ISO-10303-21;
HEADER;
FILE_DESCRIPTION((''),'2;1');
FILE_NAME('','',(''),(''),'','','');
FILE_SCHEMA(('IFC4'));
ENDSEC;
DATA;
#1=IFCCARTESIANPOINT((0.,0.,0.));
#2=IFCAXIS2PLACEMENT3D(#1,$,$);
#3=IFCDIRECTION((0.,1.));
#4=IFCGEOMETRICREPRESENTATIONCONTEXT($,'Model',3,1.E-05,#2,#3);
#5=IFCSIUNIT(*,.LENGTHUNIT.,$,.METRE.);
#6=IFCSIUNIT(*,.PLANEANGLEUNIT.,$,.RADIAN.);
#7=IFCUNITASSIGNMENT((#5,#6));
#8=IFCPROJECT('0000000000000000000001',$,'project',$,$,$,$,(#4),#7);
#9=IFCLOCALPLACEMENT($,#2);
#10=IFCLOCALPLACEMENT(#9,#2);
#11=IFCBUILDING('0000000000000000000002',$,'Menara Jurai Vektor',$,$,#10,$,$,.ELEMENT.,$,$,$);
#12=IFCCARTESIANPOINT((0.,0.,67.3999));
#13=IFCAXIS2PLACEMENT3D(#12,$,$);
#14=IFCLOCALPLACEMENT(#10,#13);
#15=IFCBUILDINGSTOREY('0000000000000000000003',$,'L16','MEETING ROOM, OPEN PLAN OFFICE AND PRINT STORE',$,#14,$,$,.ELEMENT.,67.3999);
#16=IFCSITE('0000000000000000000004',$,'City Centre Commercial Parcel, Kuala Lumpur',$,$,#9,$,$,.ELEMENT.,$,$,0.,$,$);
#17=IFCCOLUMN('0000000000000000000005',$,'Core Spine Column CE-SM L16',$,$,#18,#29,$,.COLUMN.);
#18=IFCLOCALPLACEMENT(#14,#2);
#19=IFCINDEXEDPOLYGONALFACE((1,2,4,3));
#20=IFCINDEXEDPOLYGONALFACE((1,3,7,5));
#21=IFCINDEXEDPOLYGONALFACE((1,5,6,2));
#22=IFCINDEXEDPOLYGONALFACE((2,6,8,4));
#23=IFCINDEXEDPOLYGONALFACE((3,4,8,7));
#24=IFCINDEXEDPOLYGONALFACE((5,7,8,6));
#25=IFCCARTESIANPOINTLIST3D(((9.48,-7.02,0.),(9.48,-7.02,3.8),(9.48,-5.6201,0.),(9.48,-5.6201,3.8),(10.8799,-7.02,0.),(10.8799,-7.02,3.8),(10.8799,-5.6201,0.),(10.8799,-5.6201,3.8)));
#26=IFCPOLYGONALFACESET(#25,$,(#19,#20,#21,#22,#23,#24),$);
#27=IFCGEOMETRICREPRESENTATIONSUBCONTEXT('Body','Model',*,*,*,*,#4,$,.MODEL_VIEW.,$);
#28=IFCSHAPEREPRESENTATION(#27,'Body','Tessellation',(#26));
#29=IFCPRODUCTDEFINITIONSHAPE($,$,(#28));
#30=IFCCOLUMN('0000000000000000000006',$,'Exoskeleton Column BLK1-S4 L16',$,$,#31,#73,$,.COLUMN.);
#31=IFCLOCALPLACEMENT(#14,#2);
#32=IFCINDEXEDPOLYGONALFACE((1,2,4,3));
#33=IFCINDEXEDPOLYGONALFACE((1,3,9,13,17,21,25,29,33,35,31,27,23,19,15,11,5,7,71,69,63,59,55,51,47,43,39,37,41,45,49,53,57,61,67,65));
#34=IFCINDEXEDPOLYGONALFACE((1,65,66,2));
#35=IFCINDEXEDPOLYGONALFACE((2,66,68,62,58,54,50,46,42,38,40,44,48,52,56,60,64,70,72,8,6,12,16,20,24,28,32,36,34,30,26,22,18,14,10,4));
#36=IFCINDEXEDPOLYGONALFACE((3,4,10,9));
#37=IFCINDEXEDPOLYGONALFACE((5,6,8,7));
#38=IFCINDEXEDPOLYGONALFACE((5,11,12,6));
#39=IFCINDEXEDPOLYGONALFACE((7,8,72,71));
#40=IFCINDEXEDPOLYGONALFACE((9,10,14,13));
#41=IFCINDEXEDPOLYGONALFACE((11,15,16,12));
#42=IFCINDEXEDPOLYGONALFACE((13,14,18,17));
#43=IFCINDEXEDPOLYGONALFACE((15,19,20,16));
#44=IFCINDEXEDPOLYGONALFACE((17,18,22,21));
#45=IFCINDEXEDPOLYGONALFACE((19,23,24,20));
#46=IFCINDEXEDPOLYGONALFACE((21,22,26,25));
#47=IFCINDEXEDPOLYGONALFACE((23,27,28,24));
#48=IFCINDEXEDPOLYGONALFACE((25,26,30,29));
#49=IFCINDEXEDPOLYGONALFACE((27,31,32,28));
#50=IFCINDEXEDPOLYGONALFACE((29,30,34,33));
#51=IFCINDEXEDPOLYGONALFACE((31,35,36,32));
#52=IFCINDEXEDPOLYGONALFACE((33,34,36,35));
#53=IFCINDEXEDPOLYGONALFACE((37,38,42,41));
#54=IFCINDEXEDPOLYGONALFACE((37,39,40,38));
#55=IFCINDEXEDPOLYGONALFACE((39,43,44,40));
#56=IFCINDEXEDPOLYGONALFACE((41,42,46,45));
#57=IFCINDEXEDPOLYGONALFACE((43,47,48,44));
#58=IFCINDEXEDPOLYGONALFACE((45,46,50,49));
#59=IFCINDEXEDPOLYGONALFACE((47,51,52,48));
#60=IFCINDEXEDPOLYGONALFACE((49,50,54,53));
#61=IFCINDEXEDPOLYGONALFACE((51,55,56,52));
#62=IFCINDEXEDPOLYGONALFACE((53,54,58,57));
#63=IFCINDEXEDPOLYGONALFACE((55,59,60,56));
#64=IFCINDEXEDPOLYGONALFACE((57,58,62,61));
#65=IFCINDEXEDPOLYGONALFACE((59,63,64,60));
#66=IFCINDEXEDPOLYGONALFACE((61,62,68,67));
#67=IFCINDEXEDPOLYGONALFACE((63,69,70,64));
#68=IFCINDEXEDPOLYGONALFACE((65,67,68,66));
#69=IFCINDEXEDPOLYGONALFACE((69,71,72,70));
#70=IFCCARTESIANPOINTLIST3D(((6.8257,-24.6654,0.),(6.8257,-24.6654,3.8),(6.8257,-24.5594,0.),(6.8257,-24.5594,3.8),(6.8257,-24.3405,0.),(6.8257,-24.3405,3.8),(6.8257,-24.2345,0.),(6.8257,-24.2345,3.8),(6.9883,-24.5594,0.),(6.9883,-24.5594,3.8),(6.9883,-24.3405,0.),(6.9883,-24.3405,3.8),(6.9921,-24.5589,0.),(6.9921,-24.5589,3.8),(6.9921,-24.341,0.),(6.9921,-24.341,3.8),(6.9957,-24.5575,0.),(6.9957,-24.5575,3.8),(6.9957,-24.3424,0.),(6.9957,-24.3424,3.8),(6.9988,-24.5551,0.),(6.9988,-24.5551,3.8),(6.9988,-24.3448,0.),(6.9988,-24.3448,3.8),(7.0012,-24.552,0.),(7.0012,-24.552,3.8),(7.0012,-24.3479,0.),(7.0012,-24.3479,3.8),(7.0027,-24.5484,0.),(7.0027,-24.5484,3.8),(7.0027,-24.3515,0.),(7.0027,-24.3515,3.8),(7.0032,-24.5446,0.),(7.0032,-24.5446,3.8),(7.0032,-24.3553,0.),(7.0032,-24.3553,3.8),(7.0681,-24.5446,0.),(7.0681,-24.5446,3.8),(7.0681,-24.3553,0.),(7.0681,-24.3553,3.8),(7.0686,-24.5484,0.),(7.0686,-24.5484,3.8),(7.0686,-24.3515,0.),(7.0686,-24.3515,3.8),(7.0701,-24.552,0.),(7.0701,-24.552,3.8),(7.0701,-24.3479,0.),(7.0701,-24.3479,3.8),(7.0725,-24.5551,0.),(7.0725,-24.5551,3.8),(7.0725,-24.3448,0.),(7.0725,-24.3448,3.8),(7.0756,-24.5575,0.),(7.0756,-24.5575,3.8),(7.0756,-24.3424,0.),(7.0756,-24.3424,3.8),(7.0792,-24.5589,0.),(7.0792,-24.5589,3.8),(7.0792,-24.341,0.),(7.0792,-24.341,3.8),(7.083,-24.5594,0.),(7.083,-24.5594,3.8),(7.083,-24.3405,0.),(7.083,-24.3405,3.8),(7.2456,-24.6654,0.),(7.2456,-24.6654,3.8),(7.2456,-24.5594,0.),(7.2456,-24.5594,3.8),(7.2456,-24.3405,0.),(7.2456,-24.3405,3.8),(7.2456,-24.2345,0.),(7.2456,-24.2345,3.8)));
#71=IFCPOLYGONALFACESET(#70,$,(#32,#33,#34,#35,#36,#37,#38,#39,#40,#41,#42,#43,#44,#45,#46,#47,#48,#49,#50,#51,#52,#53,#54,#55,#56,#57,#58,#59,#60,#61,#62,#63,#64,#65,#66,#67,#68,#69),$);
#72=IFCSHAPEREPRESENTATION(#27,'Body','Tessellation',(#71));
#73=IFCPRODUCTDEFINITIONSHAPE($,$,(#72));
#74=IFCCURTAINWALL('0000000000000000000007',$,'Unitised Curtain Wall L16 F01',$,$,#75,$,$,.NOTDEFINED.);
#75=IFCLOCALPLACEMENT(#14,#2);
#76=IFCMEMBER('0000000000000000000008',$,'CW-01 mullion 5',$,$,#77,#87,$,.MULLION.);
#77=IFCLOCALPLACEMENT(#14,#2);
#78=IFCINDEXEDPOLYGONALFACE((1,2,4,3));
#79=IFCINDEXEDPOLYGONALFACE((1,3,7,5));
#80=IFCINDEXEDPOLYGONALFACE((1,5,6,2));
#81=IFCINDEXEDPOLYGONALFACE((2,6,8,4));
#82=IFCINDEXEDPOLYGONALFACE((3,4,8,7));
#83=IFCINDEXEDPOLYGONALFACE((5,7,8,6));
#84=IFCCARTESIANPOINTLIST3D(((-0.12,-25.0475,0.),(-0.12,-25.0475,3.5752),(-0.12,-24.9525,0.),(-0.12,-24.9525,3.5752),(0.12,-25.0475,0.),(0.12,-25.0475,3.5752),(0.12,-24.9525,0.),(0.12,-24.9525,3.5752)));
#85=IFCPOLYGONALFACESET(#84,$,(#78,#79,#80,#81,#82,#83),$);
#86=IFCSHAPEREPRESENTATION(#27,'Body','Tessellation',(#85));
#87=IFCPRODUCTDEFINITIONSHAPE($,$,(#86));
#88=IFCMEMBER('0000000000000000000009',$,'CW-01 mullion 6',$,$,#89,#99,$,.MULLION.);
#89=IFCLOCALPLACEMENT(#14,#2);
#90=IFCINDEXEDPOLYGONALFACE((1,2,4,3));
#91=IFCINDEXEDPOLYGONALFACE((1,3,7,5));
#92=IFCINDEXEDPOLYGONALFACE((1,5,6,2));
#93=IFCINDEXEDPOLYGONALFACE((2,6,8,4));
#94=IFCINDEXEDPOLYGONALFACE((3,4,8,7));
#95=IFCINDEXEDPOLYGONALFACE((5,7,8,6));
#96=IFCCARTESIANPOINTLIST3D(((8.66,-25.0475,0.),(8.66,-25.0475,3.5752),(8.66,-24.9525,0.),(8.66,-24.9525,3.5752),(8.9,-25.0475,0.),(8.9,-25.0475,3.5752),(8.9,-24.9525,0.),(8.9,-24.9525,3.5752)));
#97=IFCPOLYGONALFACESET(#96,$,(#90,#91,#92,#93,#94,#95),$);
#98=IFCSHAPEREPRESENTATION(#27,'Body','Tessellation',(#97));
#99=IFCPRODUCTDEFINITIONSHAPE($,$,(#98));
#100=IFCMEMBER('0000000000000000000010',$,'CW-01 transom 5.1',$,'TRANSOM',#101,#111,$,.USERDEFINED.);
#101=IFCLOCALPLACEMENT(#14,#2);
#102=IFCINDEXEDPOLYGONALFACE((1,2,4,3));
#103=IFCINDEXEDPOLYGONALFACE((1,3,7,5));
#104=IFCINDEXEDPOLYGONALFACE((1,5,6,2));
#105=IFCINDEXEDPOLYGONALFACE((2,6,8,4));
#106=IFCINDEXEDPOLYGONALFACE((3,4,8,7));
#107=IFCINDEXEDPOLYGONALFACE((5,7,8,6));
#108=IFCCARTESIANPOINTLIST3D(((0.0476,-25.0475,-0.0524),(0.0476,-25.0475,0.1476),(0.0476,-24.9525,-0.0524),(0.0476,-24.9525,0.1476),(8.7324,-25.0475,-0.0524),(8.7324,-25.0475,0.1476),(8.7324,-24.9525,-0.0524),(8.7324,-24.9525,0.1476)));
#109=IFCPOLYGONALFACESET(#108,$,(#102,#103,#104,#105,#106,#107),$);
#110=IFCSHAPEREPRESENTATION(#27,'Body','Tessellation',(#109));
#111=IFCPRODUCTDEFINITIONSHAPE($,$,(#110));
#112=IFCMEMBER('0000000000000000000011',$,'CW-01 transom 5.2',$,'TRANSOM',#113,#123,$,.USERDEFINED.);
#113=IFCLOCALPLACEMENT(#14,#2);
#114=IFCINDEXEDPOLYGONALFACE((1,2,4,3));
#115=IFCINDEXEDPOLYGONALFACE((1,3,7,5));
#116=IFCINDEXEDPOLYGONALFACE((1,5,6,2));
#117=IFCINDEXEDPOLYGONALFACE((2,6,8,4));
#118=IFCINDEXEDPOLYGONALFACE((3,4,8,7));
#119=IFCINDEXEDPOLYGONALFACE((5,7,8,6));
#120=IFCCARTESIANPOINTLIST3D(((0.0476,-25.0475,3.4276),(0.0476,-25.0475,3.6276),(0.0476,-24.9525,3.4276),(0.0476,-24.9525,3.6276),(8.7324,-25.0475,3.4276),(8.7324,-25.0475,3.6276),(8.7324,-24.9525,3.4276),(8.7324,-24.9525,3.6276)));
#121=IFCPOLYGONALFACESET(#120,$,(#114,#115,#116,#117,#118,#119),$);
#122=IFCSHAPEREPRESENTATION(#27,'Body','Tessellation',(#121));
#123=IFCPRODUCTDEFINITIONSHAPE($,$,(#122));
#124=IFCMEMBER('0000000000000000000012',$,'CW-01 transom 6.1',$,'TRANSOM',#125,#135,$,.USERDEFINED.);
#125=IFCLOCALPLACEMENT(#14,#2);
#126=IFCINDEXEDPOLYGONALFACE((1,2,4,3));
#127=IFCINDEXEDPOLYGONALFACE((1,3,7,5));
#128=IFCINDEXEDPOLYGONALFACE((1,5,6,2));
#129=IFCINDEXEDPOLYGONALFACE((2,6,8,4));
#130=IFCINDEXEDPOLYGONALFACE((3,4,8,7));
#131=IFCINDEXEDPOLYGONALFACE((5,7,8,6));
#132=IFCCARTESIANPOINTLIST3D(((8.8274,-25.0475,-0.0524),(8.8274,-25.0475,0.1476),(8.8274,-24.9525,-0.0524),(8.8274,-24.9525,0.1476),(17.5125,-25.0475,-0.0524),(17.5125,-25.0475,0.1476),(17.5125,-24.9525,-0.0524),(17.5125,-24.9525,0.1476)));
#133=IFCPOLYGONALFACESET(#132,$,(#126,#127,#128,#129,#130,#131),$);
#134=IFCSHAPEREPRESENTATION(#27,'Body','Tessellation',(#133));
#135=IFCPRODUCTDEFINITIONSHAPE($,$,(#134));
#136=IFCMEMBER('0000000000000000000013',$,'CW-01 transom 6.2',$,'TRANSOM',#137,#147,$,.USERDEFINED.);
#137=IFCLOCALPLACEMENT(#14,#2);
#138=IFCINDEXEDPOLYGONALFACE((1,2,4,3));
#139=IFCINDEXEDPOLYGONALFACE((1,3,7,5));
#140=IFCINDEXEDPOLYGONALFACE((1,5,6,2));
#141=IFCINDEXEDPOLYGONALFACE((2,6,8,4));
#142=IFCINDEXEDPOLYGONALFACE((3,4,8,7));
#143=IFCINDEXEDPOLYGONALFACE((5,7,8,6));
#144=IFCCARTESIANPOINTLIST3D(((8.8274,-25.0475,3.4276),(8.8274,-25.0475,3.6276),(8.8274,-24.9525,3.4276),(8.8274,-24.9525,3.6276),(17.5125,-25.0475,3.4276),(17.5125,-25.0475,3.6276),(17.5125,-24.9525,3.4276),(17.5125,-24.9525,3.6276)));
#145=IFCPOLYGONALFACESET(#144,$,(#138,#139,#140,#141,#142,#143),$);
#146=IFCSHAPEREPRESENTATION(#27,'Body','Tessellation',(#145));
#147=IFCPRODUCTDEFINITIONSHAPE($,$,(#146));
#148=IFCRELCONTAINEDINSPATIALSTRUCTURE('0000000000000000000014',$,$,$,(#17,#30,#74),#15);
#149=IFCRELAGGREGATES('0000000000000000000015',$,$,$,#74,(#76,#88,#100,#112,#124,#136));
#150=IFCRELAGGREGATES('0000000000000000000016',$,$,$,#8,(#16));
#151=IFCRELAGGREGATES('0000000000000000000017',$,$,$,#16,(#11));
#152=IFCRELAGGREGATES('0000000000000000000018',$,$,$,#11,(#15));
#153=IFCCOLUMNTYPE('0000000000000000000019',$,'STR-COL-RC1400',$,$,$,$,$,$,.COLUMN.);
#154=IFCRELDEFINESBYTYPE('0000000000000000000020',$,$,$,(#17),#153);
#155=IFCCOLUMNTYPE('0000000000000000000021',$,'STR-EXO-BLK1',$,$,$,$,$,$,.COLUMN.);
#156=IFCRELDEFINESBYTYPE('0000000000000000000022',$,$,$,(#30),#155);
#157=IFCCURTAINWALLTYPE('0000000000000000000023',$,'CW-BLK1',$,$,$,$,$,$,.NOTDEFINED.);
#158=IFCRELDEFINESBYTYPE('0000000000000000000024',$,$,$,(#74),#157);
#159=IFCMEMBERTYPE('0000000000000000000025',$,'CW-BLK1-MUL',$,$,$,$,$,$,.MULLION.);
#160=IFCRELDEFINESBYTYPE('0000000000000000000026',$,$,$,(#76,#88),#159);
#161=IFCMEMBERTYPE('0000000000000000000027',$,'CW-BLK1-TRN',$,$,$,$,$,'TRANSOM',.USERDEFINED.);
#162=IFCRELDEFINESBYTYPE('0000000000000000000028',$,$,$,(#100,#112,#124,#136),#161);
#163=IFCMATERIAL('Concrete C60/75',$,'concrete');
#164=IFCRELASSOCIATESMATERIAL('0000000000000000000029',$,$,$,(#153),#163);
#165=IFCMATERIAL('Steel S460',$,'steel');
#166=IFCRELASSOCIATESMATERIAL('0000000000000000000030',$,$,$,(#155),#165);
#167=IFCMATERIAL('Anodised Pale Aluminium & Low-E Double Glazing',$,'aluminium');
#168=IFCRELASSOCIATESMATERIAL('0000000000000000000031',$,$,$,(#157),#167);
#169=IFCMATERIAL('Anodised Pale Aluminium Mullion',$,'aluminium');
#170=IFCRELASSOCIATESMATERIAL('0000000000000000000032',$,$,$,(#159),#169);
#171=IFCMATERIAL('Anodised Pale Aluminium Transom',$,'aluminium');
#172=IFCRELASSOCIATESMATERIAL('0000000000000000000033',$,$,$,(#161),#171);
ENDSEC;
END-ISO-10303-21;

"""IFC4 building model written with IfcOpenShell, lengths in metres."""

from ifc_helpers import new_model, si_unit, direction, frame, origin, origin_2d, place, context, subcontext, project, spatial, rectangle, i_section, extrude, material, material_profile, profile_set, type_object, element, aggregate, save


model = new_model("IFC4")

# Units and contexts
model_context = context("Model", 3, precision=1e-05, world=origin(), true_north=direction((0.0, 1.0)))
body_context = subcontext(model_context, "Body", "Model", "MODEL_VIEW")
ifc_project = project(units=[si_unit("LENGTHUNIT", "METRE"), si_unit("PLANEANGLEUNIT", "RADIAN")], contexts=[model_context])

# Site, building, storey
site_placement = place(None, origin())
site = spatial("IfcSite", under=ifc_project, at=site_placement, Name="City Centre Commercial Parcel, Kuala Lumpur", CompositionType="ELEMENT", RefElevation=0.0)
building_placement = place(site_placement, origin())
building = spatial("IfcBuilding", under=site, at=building_placement, Name="Menara Jurai Vektor", CompositionType="ELEMENT")
storey_placement = place(building_placement, frame((0.0, 0.0, 67.3999)))
storey = spatial("IfcBuildingStorey", under=building, at=storey_placement, Name="L16", Description="MEETING ROOM, OPEN PLAN OFFICE AND PRINT STORE", CompositionType="ELEMENT", Elevation=67.3999)

# Columns
ifc_material_1 = material(Name="Concrete C60/75", Category="concrete")
ifc_material_profile_1 = material_profile(ifc_material_1, rectangle(XDim=1.3999, YDim=1.3999, at=origin_2d()), Name="RC 1400x1400")
ifc_profile_set_1 = profile_set([ifc_material_profile_1], Name="Concrete C60/75")
column_type_1 = type_object("IfcColumnType", Name="STR-COL-RC1400", PredefinedType="COLUMN", material=ifc_profile_set_1)
column_1_placement = place(storey_placement, frame((10.1799, -6.3201, 0.0), z_axis=(0.0, 0.0, 1.0), x_axis=(1.0, 0.0, 0.0)))
element("IfcColumn", 1, at=column_1_placement, inside=storey, type_object=column_type_1, Name="Core Spine Column CE-SM L16", PredefinedType="COLUMN", context=body_context, shape_type="SweptSolid", body=[
    extrude(rectangle(XDim=1.3999, YDim=1.3999, at=origin_2d()), origin(), (0.0, 0.0, 1.0), 3.8),
])
ifc_material_2 = material(Name="Steel S460", Category="steel")
ifc_material_profile_2 = material_profile(ifc_material_2, i_section(OverallWidth=0.4199, OverallDepth=0.4309, WebThickness=0.0649, FlangeThickness=0.106, FilletRadius=0.0149, at=origin_2d()), Name="HD 400x900")
ifc_profile_set_2 = profile_set([ifc_material_profile_2], Name="Steel S460")
column_type_2 = type_object("IfcColumnType", Name="STR-EXO-BLK1", PredefinedType="COLUMN", material=ifc_profile_set_2)
column_2_placement = place(storey_placement, frame((7.0356, -24.45, 0.0), z_axis=(0.0, 0.0, 1.0), x_axis=(1.0, 0.0, 0.0)))
element("IfcColumn", 2, at=column_2_placement, inside=storey, type_object=column_type_2, Name="Exoskeleton Column BLK1-S4 L16", PredefinedType="COLUMN", context=body_context, shape_type="SweptSolid", body=[
    extrude(i_section(OverallWidth=0.4199, OverallDepth=0.4309, WebThickness=0.0649, FlangeThickness=0.106, FilletRadius=0.0149, at=origin_2d()), origin(), (0.0, 0.0, 1.0), 3.8),
])

# Curtain wall, members
ifc_material_3 = material(Name="Anodised Pale Aluminium & Low-E Double Glazing", Category="aluminium")
curtain_wall_type = type_object("IfcCurtainWallType", Name="CW-BLK1", PredefinedType="NOTDEFINED", material=ifc_material_3)
curtain_wall_placement = place(storey_placement, origin())
curtain_wall = element("IfcCurtainWall", 3, at=curtain_wall_placement, inside=storey, type_object=curtain_wall_type, Name="Unitised Curtain Wall L16 F01", PredefinedType="NOTDEFINED")
ifc_material_4 = material(Name="Anodised Pale Aluminium Mullion", Category="aluminium")
ifc_material_profile_3 = material_profile(ifc_material_4, rectangle(XDim=0.095, YDim=0.24, at=origin_2d()), Name="ALU MUL 95x240")
ifc_profile_set_3 = profile_set([ifc_material_profile_3], Name="Anodised Pale Aluminium Mullion")
member_type_1 = type_object("IfcMemberType", Name="CW-BLK1-MUL", PredefinedType="MULLION", material=ifc_profile_set_3)
member_1_placement = place(storey_placement, frame((0.0, -25.0, 0.0), z_axis=(0.0, 0.0, 1.0), x_axis=(0.0, 1.0, 0.0)))
member_1 = element("IfcMember", 4, at=member_1_placement, type_object=member_type_1, Name="CW-01 mullion 5", PredefinedType="MULLION", context=body_context, shape_type="SweptSolid", body=[
    extrude(rectangle(XDim=0.095, YDim=0.24, at=origin_2d()), origin(), (0.0, 0.0, 1.0), 3.5752),
])
member_2_placement = place(storey_placement, frame((8.78, -25.0, 0.0), z_axis=(0.0, 0.0, 1.0), x_axis=(0.0, 1.0, 0.0)))
member_2 = element("IfcMember", 5, at=member_2_placement, type_object=member_type_1, Name="CW-01 mullion 6", PredefinedType="MULLION", context=body_context, shape_type="SweptSolid", body=[
    extrude(rectangle(XDim=0.095, YDim=0.24, at=origin_2d()), origin(), (0.0, 0.0, 1.0), 3.5752),
])
ifc_material_5 = material(Name="Anodised Pale Aluminium Transom", Category="aluminium")
ifc_material_profile_4 = material_profile(ifc_material_5, rectangle(XDim=0.095, YDim=0.2, at=origin_2d()), Name="ALU TRN 95x200")
ifc_profile_set_4 = profile_set([ifc_material_profile_4], Name="Anodised Pale Aluminium Transom")
member_type_2 = type_object("IfcMemberType", Name="CW-BLK1-TRN", ElementType="TRANSOM", PredefinedType="USERDEFINED", material=ifc_profile_set_4)
member_3_placement = place(storey_placement, frame((0.0476, -25.0, 0.0476), z_axis=(1.0, 0.0, 0.0), x_axis=(0.0, 1.0, 0.0)))
member_3 = element("IfcMember", 6, at=member_3_placement, type_object=member_type_2, Name="CW-01 transom 5.1", ObjectType="TRANSOM", PredefinedType="USERDEFINED", context=body_context, shape_type="SweptSolid", body=[
    extrude(rectangle(XDim=0.095, YDim=0.2, at=origin_2d()), origin(), (0.0, 0.0, 1.0), 8.6848),
])
member_4_placement = place(storey_placement, frame((0.0476, -25.0, 3.5276), z_axis=(1.0, 0.0, 0.0), x_axis=(0.0, 1.0, 0.0)))
member_4 = element("IfcMember", 7, at=member_4_placement, type_object=member_type_2, Name="CW-01 transom 5.2", ObjectType="TRANSOM", PredefinedType="USERDEFINED", context=body_context, shape_type="SweptSolid", body=[
    extrude(rectangle(XDim=0.095, YDim=0.2, at=origin_2d()), origin(), (0.0, 0.0, 1.0), 8.6848),
])
member_5_placement = place(storey_placement, frame((8.8274, -25.0, 0.0476), z_axis=(1.0, 0.0, 0.0), x_axis=(0.0, 1.0, 0.0)))
member_5 = element("IfcMember", 8, at=member_5_placement, type_object=member_type_2, Name="CW-01 transom 6.1", ObjectType="TRANSOM", PredefinedType="USERDEFINED", context=body_context, shape_type="SweptSolid", body=[
    extrude(rectangle(XDim=0.095, YDim=0.2, at=origin_2d()), origin(), (0.0, 0.0, 1.0), 8.6851),
])
member_6_placement = place(storey_placement, frame((8.8274, -25.0, 3.5276), z_axis=(1.0, 0.0, 0.0), x_axis=(0.0, 1.0, 0.0)))
member_6 = element("IfcMember", 9, at=member_6_placement, type_object=member_type_2, Name="CW-01 transom 6.2", ObjectType="TRANSOM", PredefinedType="USERDEFINED", context=body_context, shape_type="SweptSolid", body=[
    extrude(rectangle(XDim=0.095, YDim=0.2, at=origin_2d()), origin(), (0.0, 0.0, 1.0), 8.6851),
])

aggregate(curtain_wall, [member_1, member_2, member_3, member_4, member_5, member_6])

save(model, "model.ifc")
